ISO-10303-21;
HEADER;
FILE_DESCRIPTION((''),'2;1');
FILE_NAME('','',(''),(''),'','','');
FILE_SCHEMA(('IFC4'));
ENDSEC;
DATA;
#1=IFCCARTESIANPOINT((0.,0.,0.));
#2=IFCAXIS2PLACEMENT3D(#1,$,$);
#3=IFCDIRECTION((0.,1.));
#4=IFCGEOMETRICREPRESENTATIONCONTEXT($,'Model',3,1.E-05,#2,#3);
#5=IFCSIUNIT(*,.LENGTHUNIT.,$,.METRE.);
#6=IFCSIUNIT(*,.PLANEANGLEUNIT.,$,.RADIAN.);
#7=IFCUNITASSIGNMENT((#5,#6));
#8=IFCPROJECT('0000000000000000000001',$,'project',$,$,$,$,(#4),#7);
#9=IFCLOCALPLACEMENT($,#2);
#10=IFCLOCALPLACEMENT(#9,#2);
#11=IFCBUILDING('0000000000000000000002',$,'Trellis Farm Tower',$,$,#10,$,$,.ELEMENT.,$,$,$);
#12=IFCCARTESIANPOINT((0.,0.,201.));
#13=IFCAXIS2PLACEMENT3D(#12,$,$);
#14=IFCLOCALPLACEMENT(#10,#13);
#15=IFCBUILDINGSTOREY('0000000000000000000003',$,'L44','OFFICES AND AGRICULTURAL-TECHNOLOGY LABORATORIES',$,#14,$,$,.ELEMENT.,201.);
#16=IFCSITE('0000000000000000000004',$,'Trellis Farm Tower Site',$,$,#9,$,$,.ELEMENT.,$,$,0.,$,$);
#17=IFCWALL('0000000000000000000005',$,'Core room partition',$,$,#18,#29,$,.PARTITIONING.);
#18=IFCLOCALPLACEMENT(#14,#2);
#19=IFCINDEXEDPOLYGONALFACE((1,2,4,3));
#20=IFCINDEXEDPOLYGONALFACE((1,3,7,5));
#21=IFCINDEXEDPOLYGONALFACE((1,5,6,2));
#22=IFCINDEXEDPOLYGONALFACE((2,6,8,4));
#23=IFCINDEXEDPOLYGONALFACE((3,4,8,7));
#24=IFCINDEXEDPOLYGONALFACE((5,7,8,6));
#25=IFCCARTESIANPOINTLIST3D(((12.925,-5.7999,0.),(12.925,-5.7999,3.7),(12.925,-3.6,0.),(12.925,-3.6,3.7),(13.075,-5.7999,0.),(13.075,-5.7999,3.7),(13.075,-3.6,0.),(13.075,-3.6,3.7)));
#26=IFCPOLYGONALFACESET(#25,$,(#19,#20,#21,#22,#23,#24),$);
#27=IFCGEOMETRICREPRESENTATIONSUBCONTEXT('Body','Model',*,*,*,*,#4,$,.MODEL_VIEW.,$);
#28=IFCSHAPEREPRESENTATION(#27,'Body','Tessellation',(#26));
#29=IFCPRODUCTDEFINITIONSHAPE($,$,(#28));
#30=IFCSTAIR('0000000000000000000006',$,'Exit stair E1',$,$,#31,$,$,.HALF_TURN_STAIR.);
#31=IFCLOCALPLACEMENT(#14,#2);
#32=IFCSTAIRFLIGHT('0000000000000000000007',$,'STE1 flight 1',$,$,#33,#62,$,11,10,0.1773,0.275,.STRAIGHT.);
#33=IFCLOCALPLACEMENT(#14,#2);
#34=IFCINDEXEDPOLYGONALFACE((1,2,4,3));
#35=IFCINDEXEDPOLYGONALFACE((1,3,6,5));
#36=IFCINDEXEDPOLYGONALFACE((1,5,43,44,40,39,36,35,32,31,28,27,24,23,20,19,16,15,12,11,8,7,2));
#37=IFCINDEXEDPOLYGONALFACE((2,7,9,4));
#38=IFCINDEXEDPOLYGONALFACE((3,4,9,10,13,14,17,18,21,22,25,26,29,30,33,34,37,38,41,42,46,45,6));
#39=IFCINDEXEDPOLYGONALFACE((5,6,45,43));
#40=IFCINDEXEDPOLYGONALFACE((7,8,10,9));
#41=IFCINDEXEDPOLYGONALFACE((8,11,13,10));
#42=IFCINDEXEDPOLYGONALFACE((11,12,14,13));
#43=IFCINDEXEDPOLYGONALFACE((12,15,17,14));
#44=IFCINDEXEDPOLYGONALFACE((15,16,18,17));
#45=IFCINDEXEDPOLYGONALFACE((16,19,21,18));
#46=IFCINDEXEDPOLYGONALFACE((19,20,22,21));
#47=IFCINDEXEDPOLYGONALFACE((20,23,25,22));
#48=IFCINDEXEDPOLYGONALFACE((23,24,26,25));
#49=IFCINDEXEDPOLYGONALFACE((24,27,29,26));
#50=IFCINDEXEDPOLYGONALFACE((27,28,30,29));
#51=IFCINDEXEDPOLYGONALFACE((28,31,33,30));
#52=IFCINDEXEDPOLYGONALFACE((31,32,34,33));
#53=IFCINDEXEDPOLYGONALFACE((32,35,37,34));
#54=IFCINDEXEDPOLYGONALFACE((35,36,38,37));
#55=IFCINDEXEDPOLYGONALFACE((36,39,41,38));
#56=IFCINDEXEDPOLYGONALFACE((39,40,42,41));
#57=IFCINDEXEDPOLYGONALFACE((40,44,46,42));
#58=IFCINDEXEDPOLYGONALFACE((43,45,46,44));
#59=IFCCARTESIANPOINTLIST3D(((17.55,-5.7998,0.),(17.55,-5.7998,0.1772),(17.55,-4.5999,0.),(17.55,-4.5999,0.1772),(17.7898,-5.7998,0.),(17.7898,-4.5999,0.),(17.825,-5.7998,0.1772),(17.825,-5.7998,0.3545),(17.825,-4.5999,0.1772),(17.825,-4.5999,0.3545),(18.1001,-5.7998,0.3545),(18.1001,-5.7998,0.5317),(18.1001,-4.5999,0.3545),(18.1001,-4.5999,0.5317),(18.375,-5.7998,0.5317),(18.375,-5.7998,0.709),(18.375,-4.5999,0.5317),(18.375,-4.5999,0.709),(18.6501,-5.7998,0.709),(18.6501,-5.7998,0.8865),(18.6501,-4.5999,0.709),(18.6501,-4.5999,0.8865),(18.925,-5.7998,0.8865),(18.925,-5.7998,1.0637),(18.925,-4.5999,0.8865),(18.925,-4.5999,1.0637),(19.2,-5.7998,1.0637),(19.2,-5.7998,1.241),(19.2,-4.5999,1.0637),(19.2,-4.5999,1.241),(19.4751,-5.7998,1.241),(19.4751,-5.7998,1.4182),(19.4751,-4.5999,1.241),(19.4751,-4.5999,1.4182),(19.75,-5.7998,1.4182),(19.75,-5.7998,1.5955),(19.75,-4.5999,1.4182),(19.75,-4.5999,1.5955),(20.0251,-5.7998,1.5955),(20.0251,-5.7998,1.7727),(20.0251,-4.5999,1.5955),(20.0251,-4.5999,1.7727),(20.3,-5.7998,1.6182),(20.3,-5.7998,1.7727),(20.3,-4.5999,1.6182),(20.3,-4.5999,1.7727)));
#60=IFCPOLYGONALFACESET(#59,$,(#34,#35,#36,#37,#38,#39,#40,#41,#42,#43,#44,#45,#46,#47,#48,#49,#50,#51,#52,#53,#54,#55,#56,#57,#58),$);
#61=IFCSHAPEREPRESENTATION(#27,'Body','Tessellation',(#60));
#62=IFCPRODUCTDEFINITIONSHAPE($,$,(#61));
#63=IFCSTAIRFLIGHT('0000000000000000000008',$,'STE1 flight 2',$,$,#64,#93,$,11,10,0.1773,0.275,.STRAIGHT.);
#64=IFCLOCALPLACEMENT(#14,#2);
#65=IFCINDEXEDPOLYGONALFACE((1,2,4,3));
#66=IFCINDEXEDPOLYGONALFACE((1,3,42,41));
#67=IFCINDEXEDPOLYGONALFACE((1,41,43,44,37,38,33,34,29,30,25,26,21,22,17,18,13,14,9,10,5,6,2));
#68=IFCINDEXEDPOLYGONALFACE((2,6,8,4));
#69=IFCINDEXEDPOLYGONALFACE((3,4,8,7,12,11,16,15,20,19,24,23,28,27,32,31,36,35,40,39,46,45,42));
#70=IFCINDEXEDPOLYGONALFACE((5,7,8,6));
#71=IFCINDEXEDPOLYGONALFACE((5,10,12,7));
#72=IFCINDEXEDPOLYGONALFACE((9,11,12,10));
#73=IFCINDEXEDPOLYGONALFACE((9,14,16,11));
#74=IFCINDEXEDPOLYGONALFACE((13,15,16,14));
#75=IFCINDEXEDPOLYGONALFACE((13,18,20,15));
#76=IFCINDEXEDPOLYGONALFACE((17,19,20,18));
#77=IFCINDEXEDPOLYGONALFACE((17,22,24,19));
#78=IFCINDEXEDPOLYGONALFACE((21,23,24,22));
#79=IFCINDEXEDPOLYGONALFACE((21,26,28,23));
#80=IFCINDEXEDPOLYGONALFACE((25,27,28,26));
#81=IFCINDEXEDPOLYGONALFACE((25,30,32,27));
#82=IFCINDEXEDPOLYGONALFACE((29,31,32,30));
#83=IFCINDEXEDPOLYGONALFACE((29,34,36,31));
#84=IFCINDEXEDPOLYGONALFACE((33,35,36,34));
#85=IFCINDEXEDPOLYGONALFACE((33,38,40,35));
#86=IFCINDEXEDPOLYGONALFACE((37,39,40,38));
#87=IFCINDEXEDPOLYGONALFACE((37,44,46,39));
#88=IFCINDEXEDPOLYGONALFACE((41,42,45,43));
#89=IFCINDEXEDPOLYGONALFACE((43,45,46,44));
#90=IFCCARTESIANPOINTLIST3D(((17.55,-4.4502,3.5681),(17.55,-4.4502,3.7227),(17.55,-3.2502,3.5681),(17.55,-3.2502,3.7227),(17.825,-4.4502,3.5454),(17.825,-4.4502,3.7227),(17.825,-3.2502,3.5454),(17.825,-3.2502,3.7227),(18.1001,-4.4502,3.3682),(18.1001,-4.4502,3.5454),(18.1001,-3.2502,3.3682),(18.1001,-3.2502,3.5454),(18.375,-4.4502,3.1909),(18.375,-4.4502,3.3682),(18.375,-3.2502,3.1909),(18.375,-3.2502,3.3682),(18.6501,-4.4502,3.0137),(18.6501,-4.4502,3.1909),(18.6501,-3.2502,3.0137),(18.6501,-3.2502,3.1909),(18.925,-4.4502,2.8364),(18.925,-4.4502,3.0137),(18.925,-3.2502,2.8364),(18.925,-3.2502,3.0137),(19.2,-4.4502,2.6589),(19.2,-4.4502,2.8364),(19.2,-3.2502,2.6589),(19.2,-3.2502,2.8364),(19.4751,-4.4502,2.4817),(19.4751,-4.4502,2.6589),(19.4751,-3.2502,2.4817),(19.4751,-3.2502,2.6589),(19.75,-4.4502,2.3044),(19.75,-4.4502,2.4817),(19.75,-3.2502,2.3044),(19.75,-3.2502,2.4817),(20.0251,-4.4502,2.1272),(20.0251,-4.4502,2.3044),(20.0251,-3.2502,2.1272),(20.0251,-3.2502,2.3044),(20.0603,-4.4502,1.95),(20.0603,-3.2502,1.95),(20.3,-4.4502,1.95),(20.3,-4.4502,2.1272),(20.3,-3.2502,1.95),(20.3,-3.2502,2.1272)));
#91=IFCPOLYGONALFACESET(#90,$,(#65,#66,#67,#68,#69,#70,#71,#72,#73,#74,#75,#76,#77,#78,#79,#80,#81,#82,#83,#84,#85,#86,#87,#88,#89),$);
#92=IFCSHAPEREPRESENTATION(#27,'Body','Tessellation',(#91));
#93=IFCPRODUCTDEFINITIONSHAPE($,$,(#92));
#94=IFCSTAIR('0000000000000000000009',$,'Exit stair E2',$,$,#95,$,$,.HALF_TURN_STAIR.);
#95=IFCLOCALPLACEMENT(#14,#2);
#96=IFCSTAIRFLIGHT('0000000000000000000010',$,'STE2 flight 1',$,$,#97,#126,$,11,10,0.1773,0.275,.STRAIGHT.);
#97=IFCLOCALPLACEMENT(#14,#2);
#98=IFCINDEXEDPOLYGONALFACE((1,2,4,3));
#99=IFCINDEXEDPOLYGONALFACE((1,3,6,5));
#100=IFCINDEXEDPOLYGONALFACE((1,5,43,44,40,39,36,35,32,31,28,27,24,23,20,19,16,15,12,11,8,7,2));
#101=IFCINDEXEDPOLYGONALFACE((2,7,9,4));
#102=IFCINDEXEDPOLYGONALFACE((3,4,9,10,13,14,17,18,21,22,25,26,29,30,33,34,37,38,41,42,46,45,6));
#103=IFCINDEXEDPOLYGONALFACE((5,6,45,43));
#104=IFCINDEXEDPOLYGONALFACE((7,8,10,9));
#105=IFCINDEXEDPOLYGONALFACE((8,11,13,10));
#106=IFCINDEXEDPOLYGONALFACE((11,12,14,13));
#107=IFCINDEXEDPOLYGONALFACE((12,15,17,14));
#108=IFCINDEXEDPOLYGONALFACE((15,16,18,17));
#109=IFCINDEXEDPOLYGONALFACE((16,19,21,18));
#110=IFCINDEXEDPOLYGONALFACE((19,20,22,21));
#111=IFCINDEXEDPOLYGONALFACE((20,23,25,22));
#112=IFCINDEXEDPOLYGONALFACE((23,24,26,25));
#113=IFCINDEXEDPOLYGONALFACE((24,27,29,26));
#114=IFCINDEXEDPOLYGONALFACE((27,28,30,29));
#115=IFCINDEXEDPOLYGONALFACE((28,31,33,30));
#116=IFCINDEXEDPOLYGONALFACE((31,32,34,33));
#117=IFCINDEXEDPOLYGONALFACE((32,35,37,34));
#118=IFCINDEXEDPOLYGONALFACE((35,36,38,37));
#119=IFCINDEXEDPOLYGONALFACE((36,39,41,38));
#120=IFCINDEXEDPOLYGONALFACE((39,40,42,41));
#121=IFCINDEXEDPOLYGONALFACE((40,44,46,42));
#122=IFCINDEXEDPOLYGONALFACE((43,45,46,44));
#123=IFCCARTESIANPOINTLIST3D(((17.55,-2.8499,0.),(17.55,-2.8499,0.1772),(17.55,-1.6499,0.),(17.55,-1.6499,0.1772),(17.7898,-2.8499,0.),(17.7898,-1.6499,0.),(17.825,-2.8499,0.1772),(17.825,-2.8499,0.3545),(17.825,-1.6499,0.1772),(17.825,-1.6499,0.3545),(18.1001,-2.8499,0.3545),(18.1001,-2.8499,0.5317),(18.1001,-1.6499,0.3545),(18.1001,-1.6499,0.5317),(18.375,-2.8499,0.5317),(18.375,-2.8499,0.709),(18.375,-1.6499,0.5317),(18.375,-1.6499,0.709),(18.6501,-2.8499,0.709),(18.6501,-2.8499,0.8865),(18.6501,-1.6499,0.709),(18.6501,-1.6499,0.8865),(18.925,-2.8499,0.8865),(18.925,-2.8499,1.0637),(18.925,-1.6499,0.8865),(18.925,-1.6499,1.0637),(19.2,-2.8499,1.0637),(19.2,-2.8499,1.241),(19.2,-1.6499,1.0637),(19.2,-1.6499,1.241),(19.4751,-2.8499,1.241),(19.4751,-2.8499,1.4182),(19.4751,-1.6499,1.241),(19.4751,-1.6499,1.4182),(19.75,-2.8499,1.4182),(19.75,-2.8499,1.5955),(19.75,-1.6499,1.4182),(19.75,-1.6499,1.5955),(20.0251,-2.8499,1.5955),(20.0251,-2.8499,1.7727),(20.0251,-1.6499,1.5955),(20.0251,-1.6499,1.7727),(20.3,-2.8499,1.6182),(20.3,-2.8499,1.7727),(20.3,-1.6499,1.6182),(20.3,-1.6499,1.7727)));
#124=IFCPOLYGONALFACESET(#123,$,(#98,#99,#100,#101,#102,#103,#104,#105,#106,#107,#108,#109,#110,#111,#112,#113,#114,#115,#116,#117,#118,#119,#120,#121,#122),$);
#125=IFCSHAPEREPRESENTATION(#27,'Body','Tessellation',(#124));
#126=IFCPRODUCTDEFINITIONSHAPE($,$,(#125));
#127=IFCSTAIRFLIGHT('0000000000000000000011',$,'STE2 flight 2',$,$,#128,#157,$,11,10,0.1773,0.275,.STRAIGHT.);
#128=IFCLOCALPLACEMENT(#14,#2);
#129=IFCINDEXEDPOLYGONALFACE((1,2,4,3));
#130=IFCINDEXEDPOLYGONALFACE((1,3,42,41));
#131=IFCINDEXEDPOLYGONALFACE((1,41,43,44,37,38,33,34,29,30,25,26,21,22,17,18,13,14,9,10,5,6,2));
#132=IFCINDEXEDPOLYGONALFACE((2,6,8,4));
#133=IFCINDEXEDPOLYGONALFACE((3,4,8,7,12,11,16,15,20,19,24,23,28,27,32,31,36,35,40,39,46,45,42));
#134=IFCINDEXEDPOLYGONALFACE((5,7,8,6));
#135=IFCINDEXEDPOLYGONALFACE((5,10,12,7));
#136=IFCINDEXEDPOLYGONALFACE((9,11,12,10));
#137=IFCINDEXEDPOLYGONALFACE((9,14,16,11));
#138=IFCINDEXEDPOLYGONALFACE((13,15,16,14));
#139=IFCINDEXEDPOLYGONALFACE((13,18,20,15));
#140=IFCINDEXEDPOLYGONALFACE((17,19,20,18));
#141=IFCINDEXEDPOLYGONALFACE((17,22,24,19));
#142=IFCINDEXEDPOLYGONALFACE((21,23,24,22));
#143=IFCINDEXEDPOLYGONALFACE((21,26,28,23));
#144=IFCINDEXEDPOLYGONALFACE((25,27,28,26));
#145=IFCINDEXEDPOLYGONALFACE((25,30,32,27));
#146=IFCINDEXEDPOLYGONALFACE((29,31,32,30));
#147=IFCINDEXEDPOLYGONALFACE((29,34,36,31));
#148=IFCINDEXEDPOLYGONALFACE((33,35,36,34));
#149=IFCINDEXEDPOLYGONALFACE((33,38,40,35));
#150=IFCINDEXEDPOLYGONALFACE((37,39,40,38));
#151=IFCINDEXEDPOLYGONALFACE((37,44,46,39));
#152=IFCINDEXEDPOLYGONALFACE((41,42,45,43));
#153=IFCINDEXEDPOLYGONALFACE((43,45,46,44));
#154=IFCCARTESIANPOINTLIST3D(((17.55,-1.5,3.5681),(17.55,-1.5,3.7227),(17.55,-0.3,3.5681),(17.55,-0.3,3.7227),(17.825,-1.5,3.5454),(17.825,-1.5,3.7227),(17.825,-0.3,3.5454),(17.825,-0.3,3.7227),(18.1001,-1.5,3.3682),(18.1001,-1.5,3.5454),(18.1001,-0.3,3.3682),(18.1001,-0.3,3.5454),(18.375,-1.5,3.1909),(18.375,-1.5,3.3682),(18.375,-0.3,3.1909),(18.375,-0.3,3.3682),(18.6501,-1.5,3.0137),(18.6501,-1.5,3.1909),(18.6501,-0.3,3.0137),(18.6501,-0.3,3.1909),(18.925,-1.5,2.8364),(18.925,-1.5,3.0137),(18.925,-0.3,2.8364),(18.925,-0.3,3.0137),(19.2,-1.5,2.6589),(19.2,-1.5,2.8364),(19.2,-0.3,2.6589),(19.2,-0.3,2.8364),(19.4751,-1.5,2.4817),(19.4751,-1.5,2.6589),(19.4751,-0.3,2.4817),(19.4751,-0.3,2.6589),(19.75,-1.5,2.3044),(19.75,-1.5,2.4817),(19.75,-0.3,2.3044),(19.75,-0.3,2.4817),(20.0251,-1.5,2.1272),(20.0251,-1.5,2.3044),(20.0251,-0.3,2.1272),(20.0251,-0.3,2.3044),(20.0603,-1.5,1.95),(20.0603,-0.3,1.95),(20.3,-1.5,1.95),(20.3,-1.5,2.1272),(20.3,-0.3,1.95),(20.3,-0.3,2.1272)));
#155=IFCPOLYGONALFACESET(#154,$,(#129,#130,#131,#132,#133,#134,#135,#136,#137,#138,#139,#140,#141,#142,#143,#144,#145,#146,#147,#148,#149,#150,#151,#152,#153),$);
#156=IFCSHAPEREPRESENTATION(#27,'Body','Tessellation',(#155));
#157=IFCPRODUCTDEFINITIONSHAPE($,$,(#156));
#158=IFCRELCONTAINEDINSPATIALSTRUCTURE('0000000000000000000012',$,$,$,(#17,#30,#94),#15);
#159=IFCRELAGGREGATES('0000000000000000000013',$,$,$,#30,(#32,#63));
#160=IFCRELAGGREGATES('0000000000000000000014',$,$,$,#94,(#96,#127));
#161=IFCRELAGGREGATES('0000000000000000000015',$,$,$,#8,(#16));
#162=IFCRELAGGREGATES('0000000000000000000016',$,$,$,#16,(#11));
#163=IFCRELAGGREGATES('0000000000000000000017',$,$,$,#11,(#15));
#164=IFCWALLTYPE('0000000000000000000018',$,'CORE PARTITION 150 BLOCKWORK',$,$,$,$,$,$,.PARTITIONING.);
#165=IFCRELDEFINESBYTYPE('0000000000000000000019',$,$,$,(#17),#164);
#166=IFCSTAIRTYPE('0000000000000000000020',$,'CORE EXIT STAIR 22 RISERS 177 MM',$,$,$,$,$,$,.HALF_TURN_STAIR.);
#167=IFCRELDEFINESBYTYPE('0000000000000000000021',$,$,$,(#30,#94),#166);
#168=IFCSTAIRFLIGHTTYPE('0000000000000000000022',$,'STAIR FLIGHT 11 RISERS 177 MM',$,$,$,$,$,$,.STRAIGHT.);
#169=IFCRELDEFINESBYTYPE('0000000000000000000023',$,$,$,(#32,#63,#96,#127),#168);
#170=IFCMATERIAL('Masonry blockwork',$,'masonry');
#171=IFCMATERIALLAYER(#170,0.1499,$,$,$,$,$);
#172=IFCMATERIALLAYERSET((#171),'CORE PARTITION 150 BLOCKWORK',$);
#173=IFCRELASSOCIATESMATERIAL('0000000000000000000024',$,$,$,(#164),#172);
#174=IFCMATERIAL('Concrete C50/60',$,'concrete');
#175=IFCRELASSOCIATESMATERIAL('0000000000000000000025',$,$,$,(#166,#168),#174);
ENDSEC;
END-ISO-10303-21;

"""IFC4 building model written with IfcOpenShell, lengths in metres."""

from ifc_helpers import new_model, si_unit, direction, frame, frame_2d, origin, place, context, subcontext, project, spatial, polyline, rectangle, outline, extrude, source, transform, mapped, material, layer, layer_set, type_object, element, aggregate, save


model = new_model("IFC4")

# Units and contexts
model_context = context("Model", 3, precision=1e-05, world=origin(), true_north=direction((0.0, 1.0)))
body_context = subcontext(model_context, "Body", "Model", "MODEL_VIEW")
ifc_project = project(units=[si_unit("LENGTHUNIT", "METRE"), si_unit("PLANEANGLEUNIT", "RADIAN")], contexts=[model_context])

# Site, building, storey
site_placement = place(None, origin())
site = spatial("IfcSite", under=ifc_project, at=site_placement, Name="Trellis Farm Tower Site", CompositionType="ELEMENT", RefElevation=0.0)
building_placement = place(site_placement, origin())
building = spatial("IfcBuilding", under=site, at=building_placement, Name="Trellis Farm Tower", CompositionType="ELEMENT")
storey_placement = place(building_placement, frame((0.0, 0.0, 201.0)))
storey = spatial("IfcBuildingStorey", under=building, at=storey_placement, Name="L44", Description="OFFICES AND AGRICULTURAL-TECHNOLOGY LABORATORIES", CompositionType="ELEMENT", Elevation=201.0)

# Shared definitions
placement = place(storey_placement, origin())

# Wall
ifc_material_1 = material(Name="Masonry blockwork", Category="masonry")
ifc_layer_1 = layer(ifc_material_1, 0.1499)
ifc_layer_set_1 = layer_set([ifc_layer_1], Name="CORE PARTITION 150 BLOCKWORK")
wall_type_1 = type_object("IfcWallType", Name="CORE PARTITION 150 BLOCKWORK", PredefinedType="PARTITIONING", material=ifc_layer_set_1)
shared_shape_1 = source(origin(), body_context, "Body", "SweptSolid", [
    extrude(rectangle(XDim=2.2, YDim=0.1499, at=frame_2d((1.1001, 0.0))), origin(), (0.0, 0.0, 1.0), 3.7),
])
for number, where, z_axis, x_axis, name in (
    (1, (13.0, -5.8, 0.0), (0.0, 0.0, 1.0), (0.0, 1.0, 0.0), "Core room partition"),
):
    element("IfcWall", number, at=place(storey_placement, frame(where, z_axis=z_axis, x_axis=x_axis)), inside=storey, type_object=wall_type_1, Name=name, PredefinedType="PARTITIONING", context=body_context, shape_type="MappedRepresentation", body=[
        mapped(shared_shape_1, transform((0.0, 0.0, 0.0))),
    ])

# Stairs, stair flights
ifc_material_2 = material(Name="Concrete C50/60", Category="concrete")
stair_type = type_object("IfcStairType", Name="CORE EXIT STAIR 22 RISERS 177 MM", PredefinedType="HALF_TURN_STAIR", material=ifc_material_2)
stair_1 = element("IfcStair", 2, at=placement, inside=storey, type_object=stair_type, Name="Exit stair E1", PredefinedType="HALF_TURN_STAIR")
stair_flight_type = type_object("IfcStairFlightType", Name="STAIR FLIGHT 11 RISERS 177 MM", PredefinedType="STRAIGHT", material=ifc_material_2)
shared_shape_2 = source(origin(), body_context, "Body", "SweptSolid", [
    extrude(outline(polyline([(0.0, 0.0), (0.0, 0.1772), (0.2749, 0.1772), (0.2749, 0.3545), (0.55, 0.3545), (0.55, 0.5317), (0.825, 0.5317), (0.825, 0.709), (1.1001, 0.709), (1.1001, 0.8865), (1.375, 0.8865), (1.375, 1.0637), (1.6499, 1.0637), (1.6499, 1.241), (1.925, 1.241), (1.925, 1.4182), (2.2, 1.4182), (2.2, 1.5955), (2.4751, 1.5955), (2.4751, 1.7727), (2.75, 1.7727), (2.75, 1.95), (2.75, 1.6182), (0.2397, 0.0), (0.0, 0.0)])), frame((0.0, 0.6001, 0.0), z_axis=(0.0, -1.0, 0.0), x_axis=(1.0, 0.0, 0.0)), (0.0, 0.0, 1.0), 1.2),
])
stair_flight_1_placement = place(storey_placement, frame((17.55, -5.2, 0.0), z_axis=(0.0, 0.0, 1.0), x_axis=(1.0, 0.0, 0.0)))
stair_flight_1 = element("IfcStairFlight", 3, at=stair_flight_1_placement, type_object=stair_flight_type, Name="STE1 flight 1", NumberOfRisers=11, NumberOfTreads=10, PredefinedType="STRAIGHT", RiserHeight=0.1773, TreadLength=0.275, context=body_context, shape_type="MappedRepresentation", body=[
    mapped(shared_shape_2, transform((0.0, 0.0, 0.0))),
])
stair_flight_2_placement = place(storey_placement, frame((20.3, -3.8501, 1.95), z_axis=(0.0, 0.0, 1.0), x_axis=(-1.0, 0.0, 0.0)))
stair_flight_2 = element("IfcStairFlight", 4, at=stair_flight_2_placement, type_object=stair_flight_type, Name="STE1 flight 2", NumberOfRisers=11, NumberOfTreads=10, PredefinedType="STRAIGHT", RiserHeight=0.1773, TreadLength=0.275, context=body_context, shape_type="MappedRepresentation", body=[
    mapped(shared_shape_2, transform((0.0, 0.0, 0.0))),
])
aggregate(stair_1, [stair_flight_1, stair_flight_2])
stair_2 = element("IfcStair", 5, at=placement, inside=storey, type_object=stair_type, Name="Exit stair E2", PredefinedType="HALF_TURN_STAIR")
stair_flight_3_placement = place(storey_placement, frame((17.55, -2.25, 0.0), z_axis=(0.0, 0.0, 1.0), x_axis=(1.0, 0.0, 0.0)))
stair_flight_3 = element("IfcStairFlight", 6, at=stair_flight_3_placement, type_object=stair_flight_type, Name="STE2 flight 1", NumberOfRisers=11, NumberOfTreads=10, PredefinedType="STRAIGHT", RiserHeight=0.1773, TreadLength=0.275, context=body_context, shape_type="MappedRepresentation", body=[
    mapped(shared_shape_2, transform((0.0, 0.0, 0.0))),
])
stair_flight_4_placement = place(storey_placement, frame((20.3, -0.8999, 1.95), z_axis=(0.0, 0.0, 1.0), x_axis=(-1.0, 0.0, 0.0)))
stair_flight_4 = element("IfcStairFlight", 7, at=stair_flight_4_placement, type_object=stair_flight_type, Name="STE2 flight 2", NumberOfRisers=11, NumberOfTreads=10, PredefinedType="STRAIGHT", RiserHeight=0.1773, TreadLength=0.275, context=body_context, shape_type="MappedRepresentation", body=[
    mapped(shared_shape_2, transform((0.0, 0.0, 0.0))),
])
aggregate(stair_2, [stair_flight_3, stair_flight_4])

save(model, "model.ifc")
